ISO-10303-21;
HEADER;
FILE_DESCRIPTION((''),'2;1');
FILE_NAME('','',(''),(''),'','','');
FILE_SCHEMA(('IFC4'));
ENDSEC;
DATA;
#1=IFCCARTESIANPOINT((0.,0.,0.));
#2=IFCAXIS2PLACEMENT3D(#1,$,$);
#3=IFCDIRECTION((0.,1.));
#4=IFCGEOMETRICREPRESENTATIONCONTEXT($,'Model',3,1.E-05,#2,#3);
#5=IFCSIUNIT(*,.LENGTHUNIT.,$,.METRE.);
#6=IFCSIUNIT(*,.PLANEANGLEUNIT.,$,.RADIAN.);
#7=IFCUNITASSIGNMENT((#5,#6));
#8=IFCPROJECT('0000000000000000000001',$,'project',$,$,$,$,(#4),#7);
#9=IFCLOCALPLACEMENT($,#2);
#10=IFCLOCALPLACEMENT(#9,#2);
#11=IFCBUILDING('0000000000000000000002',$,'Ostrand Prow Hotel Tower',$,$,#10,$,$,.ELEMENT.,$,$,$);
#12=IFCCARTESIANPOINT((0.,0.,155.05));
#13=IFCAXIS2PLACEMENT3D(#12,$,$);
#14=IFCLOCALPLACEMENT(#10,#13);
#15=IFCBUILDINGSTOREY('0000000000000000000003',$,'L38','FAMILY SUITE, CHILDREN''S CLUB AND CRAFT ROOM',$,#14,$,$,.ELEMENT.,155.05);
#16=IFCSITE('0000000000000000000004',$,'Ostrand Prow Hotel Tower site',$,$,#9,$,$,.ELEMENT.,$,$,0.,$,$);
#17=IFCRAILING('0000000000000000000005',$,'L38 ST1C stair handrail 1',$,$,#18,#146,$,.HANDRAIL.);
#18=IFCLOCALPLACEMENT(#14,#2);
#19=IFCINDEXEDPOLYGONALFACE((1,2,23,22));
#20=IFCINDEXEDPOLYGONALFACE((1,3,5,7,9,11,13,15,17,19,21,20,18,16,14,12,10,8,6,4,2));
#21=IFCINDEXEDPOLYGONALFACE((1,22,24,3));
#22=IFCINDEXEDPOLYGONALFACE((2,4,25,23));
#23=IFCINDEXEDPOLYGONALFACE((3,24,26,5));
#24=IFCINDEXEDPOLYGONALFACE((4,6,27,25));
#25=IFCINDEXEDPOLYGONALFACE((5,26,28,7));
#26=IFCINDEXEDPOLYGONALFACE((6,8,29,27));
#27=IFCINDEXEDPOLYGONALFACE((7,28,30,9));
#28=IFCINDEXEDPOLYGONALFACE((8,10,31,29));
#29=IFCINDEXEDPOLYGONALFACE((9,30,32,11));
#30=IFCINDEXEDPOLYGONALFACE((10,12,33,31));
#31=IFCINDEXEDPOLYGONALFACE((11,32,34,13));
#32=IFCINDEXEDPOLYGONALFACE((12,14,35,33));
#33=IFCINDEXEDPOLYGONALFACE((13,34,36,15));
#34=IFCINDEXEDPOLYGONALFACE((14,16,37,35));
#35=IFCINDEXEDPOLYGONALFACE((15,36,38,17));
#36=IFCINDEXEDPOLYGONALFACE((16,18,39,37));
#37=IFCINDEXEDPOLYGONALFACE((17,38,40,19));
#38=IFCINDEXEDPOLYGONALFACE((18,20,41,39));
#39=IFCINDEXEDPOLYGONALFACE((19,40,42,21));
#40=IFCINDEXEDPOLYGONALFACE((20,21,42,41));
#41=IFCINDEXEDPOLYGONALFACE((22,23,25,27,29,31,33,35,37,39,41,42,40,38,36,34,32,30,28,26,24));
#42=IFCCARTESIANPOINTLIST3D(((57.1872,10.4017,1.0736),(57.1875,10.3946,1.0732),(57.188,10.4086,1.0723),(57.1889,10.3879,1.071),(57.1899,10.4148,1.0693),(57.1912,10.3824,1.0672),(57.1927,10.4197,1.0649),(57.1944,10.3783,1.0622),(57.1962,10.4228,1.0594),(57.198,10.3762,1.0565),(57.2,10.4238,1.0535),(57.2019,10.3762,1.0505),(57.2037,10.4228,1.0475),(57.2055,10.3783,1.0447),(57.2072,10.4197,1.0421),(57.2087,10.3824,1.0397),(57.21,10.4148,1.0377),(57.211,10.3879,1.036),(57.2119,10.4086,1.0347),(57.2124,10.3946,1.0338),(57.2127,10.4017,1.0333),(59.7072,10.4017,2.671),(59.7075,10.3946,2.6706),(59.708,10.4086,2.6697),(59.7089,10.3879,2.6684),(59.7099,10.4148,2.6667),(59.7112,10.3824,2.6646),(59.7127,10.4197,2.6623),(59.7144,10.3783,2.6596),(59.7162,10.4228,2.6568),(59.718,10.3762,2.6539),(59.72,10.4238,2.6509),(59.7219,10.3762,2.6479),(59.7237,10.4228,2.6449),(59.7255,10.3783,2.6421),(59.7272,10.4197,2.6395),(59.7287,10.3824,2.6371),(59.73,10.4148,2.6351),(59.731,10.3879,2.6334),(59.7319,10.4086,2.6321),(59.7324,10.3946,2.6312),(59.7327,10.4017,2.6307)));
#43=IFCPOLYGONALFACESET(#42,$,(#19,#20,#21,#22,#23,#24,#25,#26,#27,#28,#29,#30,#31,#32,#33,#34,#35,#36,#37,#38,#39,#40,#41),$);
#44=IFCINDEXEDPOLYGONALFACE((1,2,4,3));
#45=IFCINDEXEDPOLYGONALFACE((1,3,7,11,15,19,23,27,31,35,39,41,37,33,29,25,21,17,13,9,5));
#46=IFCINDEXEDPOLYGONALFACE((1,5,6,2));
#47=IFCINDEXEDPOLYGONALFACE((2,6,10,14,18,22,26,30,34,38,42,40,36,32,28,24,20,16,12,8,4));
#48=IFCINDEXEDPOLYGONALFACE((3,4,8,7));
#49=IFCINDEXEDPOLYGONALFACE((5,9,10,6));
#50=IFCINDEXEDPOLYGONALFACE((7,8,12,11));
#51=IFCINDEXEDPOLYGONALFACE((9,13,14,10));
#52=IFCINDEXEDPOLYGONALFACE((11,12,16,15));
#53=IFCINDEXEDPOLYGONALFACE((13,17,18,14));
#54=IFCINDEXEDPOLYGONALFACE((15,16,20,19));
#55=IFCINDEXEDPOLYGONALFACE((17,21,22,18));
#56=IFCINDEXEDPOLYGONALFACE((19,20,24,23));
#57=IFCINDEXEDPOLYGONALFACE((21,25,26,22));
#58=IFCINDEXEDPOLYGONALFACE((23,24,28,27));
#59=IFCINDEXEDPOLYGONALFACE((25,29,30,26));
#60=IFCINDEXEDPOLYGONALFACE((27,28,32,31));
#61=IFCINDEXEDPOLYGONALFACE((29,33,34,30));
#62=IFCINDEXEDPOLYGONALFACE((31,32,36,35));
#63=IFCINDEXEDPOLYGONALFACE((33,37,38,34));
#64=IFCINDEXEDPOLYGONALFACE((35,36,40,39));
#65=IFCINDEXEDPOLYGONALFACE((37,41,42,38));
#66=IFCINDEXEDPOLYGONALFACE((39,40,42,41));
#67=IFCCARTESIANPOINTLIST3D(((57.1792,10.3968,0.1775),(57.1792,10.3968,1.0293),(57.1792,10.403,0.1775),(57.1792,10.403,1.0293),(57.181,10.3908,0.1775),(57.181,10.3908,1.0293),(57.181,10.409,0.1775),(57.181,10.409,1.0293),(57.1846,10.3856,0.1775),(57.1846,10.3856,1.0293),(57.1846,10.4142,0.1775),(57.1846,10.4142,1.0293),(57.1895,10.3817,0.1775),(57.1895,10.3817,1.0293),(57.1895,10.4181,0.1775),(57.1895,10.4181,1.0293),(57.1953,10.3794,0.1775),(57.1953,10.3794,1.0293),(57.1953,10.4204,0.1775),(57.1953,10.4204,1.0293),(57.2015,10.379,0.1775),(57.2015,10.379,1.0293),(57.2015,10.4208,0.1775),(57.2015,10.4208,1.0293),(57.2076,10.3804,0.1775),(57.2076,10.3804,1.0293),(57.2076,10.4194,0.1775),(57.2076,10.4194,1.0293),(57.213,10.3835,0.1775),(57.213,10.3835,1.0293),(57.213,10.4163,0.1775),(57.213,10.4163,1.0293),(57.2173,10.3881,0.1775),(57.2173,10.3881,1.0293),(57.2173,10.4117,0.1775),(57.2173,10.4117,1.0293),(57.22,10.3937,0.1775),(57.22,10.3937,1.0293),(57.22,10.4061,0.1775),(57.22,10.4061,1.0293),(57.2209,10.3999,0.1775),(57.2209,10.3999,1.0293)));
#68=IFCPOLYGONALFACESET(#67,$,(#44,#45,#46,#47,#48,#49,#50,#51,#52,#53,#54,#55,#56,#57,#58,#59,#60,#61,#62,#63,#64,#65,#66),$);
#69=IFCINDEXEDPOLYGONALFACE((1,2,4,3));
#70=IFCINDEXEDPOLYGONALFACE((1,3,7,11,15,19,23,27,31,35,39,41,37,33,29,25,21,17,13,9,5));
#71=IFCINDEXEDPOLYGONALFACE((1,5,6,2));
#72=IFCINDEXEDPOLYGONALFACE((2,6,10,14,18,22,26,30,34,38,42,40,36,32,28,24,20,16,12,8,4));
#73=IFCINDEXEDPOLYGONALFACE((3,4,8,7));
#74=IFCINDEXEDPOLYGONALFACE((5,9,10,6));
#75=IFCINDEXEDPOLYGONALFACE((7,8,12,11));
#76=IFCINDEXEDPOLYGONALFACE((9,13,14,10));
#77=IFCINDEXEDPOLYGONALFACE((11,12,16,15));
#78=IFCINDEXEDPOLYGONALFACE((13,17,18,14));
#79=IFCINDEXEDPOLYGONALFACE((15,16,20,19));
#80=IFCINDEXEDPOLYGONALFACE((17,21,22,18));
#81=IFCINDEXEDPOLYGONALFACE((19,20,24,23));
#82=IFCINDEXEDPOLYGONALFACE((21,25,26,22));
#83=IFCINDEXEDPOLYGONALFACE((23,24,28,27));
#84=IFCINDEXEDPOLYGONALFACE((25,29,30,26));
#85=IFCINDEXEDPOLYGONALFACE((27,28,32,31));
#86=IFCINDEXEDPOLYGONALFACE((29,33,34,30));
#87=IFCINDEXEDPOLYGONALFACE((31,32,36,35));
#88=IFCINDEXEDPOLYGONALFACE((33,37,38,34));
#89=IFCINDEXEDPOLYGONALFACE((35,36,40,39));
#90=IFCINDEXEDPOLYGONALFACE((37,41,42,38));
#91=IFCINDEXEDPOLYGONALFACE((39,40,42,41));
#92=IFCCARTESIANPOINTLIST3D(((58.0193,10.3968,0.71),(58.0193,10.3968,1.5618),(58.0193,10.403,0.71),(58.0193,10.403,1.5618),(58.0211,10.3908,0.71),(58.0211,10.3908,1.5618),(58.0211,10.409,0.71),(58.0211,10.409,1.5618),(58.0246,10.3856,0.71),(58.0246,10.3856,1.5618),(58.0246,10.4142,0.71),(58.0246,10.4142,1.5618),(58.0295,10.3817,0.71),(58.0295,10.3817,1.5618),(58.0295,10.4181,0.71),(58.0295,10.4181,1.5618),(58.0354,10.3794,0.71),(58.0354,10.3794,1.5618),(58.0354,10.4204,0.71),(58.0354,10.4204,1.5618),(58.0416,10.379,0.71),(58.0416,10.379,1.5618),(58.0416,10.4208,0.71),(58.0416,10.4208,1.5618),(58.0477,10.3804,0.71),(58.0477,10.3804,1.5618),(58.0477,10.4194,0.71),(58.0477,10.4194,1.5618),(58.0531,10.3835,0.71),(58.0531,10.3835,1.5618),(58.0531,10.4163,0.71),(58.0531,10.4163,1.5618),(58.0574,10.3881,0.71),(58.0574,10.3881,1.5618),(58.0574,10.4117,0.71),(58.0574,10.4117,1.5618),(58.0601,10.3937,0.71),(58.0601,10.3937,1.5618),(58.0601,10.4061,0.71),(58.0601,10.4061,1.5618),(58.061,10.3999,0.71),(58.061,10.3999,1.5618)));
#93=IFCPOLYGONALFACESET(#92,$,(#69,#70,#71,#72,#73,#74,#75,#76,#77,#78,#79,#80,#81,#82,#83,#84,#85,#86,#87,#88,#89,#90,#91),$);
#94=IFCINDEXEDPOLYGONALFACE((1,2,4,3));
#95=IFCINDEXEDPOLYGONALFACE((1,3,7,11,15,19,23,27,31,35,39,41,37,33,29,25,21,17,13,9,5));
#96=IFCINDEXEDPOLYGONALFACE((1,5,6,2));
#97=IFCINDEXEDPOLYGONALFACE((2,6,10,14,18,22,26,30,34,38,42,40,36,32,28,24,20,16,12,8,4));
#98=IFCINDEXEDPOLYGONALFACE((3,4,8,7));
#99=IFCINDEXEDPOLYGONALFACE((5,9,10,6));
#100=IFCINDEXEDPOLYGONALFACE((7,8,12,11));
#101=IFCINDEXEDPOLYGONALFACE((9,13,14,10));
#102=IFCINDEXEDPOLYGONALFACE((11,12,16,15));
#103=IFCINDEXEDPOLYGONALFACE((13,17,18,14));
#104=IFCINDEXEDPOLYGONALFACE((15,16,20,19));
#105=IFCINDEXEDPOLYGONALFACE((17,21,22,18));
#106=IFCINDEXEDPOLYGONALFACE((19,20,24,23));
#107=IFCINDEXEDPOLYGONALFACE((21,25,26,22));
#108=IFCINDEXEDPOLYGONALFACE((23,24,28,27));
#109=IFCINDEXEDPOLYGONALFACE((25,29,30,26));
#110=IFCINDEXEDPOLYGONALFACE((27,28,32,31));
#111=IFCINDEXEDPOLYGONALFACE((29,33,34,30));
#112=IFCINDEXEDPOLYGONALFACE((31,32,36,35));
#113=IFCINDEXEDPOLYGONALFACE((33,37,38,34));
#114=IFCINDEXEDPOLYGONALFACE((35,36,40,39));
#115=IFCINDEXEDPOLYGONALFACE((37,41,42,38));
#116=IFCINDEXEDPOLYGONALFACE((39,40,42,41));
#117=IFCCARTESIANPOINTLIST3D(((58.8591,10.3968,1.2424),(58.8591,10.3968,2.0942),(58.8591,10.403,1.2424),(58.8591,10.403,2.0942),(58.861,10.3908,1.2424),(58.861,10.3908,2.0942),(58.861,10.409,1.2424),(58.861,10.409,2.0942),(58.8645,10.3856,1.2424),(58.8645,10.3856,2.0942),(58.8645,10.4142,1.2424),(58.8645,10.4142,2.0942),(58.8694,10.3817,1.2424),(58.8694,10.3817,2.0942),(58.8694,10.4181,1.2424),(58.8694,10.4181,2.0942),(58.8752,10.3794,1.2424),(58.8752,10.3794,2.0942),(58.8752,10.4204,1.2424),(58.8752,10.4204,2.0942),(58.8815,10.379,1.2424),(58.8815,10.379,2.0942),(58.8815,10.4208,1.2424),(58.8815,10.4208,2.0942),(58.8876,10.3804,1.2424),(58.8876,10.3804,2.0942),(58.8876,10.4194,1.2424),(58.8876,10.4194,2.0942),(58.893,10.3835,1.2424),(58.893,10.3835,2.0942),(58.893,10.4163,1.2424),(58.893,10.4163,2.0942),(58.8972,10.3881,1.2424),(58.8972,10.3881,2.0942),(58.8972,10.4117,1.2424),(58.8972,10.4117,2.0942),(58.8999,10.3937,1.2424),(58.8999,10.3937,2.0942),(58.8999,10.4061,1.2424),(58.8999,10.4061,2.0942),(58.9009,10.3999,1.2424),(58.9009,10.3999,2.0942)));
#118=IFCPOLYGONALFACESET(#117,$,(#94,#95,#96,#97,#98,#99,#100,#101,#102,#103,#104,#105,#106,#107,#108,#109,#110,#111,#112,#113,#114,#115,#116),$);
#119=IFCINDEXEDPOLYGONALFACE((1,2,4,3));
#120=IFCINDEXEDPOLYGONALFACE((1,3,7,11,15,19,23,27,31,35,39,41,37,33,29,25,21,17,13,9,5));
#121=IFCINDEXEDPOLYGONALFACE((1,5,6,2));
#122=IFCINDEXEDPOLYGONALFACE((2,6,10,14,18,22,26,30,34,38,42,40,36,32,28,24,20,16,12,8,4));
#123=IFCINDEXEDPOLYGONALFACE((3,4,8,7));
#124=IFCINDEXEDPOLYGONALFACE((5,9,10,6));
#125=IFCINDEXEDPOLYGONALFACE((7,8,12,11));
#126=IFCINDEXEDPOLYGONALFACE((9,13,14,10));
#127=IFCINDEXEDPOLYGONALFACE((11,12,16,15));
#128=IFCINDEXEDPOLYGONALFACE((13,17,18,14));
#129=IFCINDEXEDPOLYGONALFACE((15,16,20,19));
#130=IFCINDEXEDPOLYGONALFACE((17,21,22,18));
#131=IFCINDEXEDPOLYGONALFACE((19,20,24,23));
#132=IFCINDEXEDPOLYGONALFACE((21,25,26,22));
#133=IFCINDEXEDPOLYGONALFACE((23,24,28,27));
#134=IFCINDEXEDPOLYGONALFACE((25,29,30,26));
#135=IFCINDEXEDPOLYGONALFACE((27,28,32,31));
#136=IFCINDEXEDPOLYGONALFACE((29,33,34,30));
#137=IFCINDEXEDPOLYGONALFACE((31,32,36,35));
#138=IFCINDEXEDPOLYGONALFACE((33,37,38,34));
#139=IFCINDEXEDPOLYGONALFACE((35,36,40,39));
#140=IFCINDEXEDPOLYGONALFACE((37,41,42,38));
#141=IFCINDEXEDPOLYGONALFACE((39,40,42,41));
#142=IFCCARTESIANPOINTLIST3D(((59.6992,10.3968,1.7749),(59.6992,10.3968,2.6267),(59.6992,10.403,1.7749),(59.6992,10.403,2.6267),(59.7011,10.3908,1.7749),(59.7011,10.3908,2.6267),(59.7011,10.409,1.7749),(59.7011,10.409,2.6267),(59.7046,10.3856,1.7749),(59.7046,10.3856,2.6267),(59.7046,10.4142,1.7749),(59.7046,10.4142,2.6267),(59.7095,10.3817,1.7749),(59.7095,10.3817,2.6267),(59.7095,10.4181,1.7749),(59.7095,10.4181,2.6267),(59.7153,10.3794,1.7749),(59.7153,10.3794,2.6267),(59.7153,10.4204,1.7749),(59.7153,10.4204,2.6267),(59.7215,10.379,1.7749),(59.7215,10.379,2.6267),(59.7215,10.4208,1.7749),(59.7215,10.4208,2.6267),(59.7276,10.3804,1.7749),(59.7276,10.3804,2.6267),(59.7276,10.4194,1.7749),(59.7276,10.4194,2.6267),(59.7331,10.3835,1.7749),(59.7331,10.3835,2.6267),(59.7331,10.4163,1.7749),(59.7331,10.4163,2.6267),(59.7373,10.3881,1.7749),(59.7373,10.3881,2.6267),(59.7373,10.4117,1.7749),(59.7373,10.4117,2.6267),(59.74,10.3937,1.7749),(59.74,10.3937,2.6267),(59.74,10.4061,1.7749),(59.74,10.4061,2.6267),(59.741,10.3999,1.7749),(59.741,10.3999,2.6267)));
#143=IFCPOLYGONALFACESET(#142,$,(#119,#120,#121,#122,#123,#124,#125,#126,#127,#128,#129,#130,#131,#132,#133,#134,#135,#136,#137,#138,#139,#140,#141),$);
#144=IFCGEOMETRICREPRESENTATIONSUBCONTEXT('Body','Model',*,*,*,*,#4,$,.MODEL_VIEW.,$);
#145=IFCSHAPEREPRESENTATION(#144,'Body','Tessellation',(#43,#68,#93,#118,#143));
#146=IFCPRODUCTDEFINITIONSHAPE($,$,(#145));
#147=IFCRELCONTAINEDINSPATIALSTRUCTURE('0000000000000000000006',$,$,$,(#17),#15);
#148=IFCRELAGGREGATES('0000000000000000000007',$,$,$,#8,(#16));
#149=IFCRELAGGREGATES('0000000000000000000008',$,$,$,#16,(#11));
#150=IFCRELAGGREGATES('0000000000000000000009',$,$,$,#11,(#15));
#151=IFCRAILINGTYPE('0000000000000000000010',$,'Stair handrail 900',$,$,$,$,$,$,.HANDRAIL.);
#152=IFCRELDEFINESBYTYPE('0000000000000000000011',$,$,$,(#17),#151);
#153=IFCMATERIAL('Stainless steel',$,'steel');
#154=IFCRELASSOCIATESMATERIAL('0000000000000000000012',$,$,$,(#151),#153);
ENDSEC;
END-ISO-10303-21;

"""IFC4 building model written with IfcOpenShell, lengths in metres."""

from ifc_helpers import new_model, si_unit, direction, frame, origin, origin_2d, place, context, subcontext, project, spatial, circle, extrude, material, type_object, element, save


model = new_model("IFC4")

# Units and contexts
model_context = context("Model", 3, precision=1e-05, world=origin(), true_north=direction((0.0, 1.0)))
body_context = subcontext(model_context, "Body", "Model", "MODEL_VIEW")
ifc_project = project(units=[si_unit("LENGTHUNIT", "METRE"), si_unit("PLANEANGLEUNIT", "RADIAN")], contexts=[model_context])

# Site, building, storey
site_placement = place(None, origin())
site = spatial("IfcSite", under=ifc_project, at=site_placement, Name="Ostrand Prow Hotel Tower site", CompositionType="ELEMENT", RefElevation=0.0)
building_placement = place(site_placement, origin())
building = spatial("IfcBuilding", under=site, at=building_placement, Name="Ostrand Prow Hotel Tower", CompositionType="ELEMENT")
storey_placement = place(building_placement, frame((0.0, 0.0, 155.05)))
storey = spatial("IfcBuildingStorey", under=building, at=storey_placement, Name="L38", Description="FAMILY SUITE, CHILDREN'S CLUB AND CRAFT ROOM", CompositionType="ELEMENT", Elevation=155.05)

# Railing
ifc_material_1 = material(Name="Stainless steel", Category="steel")
railing_type_1 = type_object("IfcRailingType", Name="Stair handrail 900", PredefinedType="HANDRAIL", material=ifc_material_1)
railing_1_placement = place(storey_placement, frame((57.2, 10.3999, 0.1775)))
element("IfcRailing", 1, at=railing_1_placement, inside=storey, type_object=railing_type_1, Name="L38 ST1C stair handrail 1", PredefinedType="HANDRAIL", context=body_context, shape_type="SweptSolid", body=[
    extrude(circle(Radius=0.0239, at=origin_2d()), frame((0.0, 0.0, 0.876), z_axis=(0.844607, 0.0, 0.535387), x_axis=(0.0, 1.0, 0.0)), (0.0, 0.0, 1.0), 2.9836),
    extrude(circle(Radius=0.021, at=origin_2d()), origin(), (0.0, 0.0, 1.0), 0.8518),
    extrude(circle(Radius=0.021, at=origin_2d()), frame((0.8401, 0.0, 0.5325)), (0.0, 0.0, 1.0), 0.8518),
    extrude(circle(Radius=0.021, at=origin_2d()), frame((1.6799, 0.0, 1.0649)), (0.0, 0.0, 1.0), 0.8518),
    extrude(circle(Radius=0.021, at=origin_2d()), frame((2.52, 0.0, 1.5974)), (0.0, 0.0, 1.0), 0.8518),
])

save(model, "model.ifc")
